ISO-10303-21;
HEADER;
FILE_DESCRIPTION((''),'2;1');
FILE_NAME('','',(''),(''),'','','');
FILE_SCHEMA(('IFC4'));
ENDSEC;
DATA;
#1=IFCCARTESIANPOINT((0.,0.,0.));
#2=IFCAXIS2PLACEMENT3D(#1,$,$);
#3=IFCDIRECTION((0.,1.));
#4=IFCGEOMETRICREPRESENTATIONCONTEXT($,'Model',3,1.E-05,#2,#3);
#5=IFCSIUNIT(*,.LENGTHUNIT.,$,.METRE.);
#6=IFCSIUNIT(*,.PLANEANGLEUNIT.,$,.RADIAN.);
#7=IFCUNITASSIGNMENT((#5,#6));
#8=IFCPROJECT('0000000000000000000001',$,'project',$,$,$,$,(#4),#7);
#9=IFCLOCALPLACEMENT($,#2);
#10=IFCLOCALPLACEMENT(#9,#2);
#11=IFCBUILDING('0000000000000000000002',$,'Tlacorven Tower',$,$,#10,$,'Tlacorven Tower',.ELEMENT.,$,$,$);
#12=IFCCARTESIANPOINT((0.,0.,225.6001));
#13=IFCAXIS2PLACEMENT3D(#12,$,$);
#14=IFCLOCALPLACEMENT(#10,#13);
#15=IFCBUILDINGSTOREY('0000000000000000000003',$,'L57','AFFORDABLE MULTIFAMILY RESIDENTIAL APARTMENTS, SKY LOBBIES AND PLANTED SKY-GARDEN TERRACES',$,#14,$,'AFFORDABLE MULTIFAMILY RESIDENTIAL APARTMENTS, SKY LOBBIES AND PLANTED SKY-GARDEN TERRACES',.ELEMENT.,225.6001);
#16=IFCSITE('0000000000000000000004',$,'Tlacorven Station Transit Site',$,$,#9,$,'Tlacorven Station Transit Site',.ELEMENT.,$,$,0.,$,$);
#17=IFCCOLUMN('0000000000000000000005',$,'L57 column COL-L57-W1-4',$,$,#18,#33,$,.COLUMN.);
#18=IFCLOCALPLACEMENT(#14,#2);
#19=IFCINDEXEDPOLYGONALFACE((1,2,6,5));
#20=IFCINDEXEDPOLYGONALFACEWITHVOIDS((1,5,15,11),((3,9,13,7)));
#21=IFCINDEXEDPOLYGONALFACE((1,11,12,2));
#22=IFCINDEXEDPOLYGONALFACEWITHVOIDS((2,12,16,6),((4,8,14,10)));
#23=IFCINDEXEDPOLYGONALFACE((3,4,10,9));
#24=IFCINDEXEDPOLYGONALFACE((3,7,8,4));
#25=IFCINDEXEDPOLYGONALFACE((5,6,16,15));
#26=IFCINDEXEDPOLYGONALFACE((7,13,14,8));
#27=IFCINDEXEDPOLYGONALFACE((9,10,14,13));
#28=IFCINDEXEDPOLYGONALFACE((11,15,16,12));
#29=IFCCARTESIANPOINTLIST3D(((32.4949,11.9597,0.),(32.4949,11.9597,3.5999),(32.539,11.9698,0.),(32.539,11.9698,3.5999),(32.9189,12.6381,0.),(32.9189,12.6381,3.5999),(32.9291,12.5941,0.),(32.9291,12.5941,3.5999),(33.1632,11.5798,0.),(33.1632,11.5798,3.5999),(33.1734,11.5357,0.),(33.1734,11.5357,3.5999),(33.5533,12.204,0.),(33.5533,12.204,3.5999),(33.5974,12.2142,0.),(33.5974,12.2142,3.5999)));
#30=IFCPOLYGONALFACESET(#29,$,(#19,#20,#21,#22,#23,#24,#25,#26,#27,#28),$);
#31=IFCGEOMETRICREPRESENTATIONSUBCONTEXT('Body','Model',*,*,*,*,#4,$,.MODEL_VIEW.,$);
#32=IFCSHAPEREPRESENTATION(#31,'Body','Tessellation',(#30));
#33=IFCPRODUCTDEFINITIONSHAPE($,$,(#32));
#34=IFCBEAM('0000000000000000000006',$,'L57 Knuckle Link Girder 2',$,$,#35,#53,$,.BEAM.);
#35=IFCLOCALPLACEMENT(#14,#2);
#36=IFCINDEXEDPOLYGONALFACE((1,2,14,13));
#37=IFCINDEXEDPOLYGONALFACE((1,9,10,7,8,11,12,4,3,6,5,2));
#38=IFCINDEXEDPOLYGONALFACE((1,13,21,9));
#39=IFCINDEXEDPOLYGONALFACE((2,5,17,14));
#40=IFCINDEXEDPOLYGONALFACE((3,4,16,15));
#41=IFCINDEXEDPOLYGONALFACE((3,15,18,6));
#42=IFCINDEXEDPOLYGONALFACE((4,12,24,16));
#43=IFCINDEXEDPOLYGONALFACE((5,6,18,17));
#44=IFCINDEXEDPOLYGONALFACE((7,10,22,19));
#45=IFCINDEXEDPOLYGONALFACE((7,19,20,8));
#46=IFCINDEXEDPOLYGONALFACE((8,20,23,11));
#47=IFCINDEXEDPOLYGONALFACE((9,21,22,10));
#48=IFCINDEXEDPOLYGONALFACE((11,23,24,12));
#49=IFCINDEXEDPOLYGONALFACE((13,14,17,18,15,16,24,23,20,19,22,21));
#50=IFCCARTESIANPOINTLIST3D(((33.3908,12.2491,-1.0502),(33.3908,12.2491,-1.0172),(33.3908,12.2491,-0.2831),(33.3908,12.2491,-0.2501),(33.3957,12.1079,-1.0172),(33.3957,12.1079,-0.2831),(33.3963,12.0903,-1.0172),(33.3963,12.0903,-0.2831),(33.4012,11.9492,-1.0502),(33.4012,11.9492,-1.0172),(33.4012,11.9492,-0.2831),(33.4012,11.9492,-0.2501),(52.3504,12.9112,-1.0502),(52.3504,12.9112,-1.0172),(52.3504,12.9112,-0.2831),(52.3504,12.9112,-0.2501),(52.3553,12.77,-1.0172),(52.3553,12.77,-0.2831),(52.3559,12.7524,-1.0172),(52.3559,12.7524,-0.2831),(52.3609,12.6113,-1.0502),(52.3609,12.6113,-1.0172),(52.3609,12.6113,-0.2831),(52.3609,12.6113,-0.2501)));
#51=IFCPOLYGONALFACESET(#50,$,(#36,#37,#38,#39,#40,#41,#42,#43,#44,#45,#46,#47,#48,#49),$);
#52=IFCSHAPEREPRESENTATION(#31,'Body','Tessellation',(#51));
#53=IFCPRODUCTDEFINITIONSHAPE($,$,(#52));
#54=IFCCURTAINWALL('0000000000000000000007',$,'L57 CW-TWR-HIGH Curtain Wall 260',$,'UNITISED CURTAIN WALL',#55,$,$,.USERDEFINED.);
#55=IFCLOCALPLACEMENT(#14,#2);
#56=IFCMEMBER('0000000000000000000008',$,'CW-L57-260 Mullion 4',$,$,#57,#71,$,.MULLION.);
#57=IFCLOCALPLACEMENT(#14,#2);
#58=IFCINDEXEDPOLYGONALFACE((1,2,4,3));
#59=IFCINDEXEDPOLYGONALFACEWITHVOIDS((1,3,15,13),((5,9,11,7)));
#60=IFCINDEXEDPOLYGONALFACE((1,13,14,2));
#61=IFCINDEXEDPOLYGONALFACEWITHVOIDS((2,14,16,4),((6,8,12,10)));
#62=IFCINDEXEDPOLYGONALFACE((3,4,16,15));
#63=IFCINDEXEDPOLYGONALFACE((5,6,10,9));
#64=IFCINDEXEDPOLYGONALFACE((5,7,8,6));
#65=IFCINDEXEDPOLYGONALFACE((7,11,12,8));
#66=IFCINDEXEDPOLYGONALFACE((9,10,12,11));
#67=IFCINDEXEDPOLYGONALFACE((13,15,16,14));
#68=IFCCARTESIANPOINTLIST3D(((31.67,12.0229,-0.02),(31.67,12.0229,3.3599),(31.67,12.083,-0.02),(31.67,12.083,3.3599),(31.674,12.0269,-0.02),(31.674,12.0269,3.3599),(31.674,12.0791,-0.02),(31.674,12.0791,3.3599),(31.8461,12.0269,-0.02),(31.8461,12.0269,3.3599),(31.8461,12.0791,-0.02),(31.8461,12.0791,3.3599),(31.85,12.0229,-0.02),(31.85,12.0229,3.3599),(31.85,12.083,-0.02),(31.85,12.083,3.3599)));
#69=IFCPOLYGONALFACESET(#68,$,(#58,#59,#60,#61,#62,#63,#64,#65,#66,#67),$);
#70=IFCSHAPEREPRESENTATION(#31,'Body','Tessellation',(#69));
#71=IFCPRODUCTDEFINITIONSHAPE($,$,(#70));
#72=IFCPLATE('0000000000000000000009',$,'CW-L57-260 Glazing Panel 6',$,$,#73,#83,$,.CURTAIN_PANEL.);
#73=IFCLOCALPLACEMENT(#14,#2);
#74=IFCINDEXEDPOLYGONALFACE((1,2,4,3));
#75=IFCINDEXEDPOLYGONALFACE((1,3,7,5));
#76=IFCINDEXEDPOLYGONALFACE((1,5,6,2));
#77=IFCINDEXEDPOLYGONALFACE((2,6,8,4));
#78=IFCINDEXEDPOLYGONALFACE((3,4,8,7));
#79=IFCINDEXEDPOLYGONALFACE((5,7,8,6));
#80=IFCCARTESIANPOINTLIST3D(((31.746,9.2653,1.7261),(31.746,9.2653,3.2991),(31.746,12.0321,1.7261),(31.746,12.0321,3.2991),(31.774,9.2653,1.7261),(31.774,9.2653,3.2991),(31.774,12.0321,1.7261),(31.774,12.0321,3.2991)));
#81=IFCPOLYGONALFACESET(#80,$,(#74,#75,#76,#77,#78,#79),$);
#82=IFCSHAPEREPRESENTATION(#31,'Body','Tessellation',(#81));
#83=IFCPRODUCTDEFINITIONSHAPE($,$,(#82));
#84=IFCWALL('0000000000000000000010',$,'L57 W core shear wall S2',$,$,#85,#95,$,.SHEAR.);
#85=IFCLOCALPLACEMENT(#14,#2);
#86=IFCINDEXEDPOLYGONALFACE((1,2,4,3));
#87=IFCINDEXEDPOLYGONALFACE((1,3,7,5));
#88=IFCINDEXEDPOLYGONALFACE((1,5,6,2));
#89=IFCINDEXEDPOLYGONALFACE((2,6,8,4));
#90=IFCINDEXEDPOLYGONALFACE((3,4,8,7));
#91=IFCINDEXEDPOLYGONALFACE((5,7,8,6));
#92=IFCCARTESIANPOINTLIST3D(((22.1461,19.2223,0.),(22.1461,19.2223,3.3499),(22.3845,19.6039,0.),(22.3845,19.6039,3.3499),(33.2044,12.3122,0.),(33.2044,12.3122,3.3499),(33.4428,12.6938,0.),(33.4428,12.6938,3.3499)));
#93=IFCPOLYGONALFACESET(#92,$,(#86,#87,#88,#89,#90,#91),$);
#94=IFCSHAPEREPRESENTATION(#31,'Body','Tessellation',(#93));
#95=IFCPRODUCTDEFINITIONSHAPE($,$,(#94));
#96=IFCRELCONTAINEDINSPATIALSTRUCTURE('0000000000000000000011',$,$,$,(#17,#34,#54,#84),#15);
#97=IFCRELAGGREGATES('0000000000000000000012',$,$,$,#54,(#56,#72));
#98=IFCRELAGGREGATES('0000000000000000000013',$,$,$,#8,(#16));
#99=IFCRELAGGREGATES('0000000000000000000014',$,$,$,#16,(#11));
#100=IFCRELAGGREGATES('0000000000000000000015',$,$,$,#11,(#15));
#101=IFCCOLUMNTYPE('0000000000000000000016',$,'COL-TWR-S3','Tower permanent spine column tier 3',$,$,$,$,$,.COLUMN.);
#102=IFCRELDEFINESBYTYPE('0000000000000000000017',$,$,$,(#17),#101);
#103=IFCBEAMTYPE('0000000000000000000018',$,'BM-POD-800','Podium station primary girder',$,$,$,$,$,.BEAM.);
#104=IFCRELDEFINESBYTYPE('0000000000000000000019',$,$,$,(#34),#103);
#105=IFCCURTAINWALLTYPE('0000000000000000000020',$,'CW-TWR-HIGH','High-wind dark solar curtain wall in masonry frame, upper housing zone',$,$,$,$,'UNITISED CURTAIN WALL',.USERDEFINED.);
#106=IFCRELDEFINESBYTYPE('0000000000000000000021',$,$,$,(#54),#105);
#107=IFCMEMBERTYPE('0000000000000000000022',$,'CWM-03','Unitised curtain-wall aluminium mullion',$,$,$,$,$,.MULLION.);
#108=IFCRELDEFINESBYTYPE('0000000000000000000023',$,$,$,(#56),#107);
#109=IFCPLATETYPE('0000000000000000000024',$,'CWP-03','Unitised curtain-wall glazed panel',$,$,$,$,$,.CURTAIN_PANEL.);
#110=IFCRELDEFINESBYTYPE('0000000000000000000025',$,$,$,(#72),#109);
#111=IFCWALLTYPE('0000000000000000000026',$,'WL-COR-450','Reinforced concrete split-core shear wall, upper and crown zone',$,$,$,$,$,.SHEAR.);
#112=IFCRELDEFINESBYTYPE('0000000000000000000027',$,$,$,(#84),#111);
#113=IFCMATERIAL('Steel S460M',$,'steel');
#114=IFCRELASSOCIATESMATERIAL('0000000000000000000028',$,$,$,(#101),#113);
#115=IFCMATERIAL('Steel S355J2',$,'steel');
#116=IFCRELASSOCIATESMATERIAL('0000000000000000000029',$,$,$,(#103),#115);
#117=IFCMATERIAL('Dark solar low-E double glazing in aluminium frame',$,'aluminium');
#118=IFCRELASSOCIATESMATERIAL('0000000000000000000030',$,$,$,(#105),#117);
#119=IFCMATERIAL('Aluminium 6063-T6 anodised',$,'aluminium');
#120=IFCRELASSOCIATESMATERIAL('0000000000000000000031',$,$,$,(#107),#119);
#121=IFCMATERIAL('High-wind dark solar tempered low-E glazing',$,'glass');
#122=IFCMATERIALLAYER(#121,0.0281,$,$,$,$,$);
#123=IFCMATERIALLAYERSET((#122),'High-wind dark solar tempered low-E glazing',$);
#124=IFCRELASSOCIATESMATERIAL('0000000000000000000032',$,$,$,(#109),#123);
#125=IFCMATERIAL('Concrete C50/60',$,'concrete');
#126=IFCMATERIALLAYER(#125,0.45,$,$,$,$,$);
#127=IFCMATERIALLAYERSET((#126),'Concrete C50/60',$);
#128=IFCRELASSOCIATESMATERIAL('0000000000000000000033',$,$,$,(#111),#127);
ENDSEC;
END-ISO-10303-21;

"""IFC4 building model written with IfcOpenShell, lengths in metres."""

from ifc_helpers import new_model, si_unit, direction, frame, frame_2d, origin, origin_2d, place, context, subcontext, project, spatial, rectangle, hollow_rectangle, i_section, extrude, source, transform, mapped, material, layer, layer_set, material_profile, profile_set, type_object, element, aggregate, save


model = new_model("IFC4")

# Units and contexts
model_context = context("Model", 3, precision=1e-05, world=origin(), true_north=direction((0.0, 1.0)))
body_context = subcontext(model_context, "Body", "Model", "MODEL_VIEW")
ifc_project = project(units=[si_unit("LENGTHUNIT", "METRE"), si_unit("PLANEANGLEUNIT", "RADIAN")], contexts=[model_context])

# Site, building, storey
site_placement = place(None, origin())
site = spatial("IfcSite", under=ifc_project, at=site_placement, Name="Tlacorven Station Transit Site", LongName="Tlacorven Station Transit Site", CompositionType="ELEMENT", RefElevation=0.0)
building_placement = place(site_placement, origin())
building = spatial("IfcBuilding", under=site, at=building_placement, Name="Tlacorven Tower", LongName="Tlacorven Tower", CompositionType="ELEMENT")
storey_placement = place(building_placement, frame((0.0, 0.0, 225.6001)))
storey = spatial("IfcBuildingStorey", under=building, at=storey_placement, Name="L57", Description="AFFORDABLE MULTIFAMILY RESIDENTIAL APARTMENTS, SKY LOBBIES AND PLANTED SKY-GARDEN TERRACES", LongName="AFFORDABLE MULTIFAMILY RESIDENTIAL APARTMENTS, SKY LOBBIES AND PLANTED SKY-GARDEN TERRACES", CompositionType="ELEMENT", Elevation=225.6001)

# Column
ifc_material_1 = material(Name="Steel S460M", Category="steel")
ifc_material_profile_1 = material_profile(ifc_material_1, hollow_rectangle(XDim=0.8, YDim=0.8, WallThickness=0.032, at=origin_2d()), Name="BOX 800X800X32")
ifc_profile_set_1 = profile_set([ifc_material_profile_1], Name="Steel S460M")
column_type = type_object("IfcColumnType", Name="COL-TWR-S3", Description="Tower permanent spine column tier 3", PredefinedType="COLUMN", material=ifc_profile_set_1)
shared_shape_1 = source(origin(), body_context, "Body", "SweptSolid", [
    extrude(hollow_rectangle(XDim=0.8, YDim=0.8, WallThickness=0.032, at=origin_2d()), origin(), (0.0, 0.0, 1.0), 3.5999),
])
column_placement = place(storey_placement, frame((33.0461, 12.0869, 0.0), z_axis=(0.0, 0.0, 1.0), x_axis=(-0.848048, 0.529919, 0.0)))
element("IfcColumn", 1, at=column_placement, inside=storey, type_object=column_type, Name="L57 column COL-L57-W1-4", PredefinedType="COLUMN", context=body_context, shape_type="MappedRepresentation", body=[
    mapped(shared_shape_1, transform((0.0, 0.0, 0.0), scale=1.0)),
])

# Beam
ifc_material_2 = material(Name="Steel S355J2", Category="steel")
ifc_material_profile_2 = material_profile(ifc_material_2, i_section(OverallWidth=0.3, OverallDepth=0.8, WebThickness=0.0176, FlangeThickness=0.033, at=origin_2d()), Name="HEB 800")
ifc_profile_set_2 = profile_set([ifc_material_profile_2], Name="Steel S355J2")
beam_type = type_object("IfcBeamType", Name="BM-POD-800", Description="Podium station primary girder", PredefinedType="BEAM", material=ifc_profile_set_2)
shared_shape_2 = source(origin(), body_context, "Body", "SweptSolid", [
    extrude(i_section(OverallWidth=0.3, OverallDepth=0.8, WebThickness=0.0176, FlangeThickness=0.033, at=origin_2d()), origin(), (0.0, 0.0, 1.0), 18.9712),
])
beam_placement = place(storey_placement, frame((33.396, 12.0991, -0.6501), z_axis=(0.999391, 0.034901, 0.0), x_axis=(-0.034901, 0.999391, 0.0)))
element("IfcBeam", 2, at=beam_placement, inside=storey, type_object=beam_type, Name="L57 Knuckle Link Girder 2", PredefinedType="BEAM", context=body_context, shape_type="MappedRepresentation", body=[
    mapped(shared_shape_2, transform((0.0, 0.0, 0.0), scale=1.0)),
])

# Curtain wall, member, plate
ifc_material_3 = material(Name="Dark solar low-E double glazing in aluminium frame", Category="aluminium")
curtain_wall_type = type_object("IfcCurtainWallType", Name="CW-TWR-HIGH", Description="High-wind dark solar curtain wall in masonry frame, upper housing zone", ElementType="UNITISED CURTAIN WALL", PredefinedType="USERDEFINED", material=ifc_material_3)
curtain_wall_placement = place(storey_placement, origin())
curtain_wall = element("IfcCurtainWall", 3, at=curtain_wall_placement, inside=storey, type_object=curtain_wall_type, Name="L57 CW-TWR-HIGH Curtain Wall 260", ObjectType="UNITISED CURTAIN WALL", PredefinedType="USERDEFINED")
ifc_material_4 = material(Name="Aluminium 6063-T6 anodised", Category="aluminium")
ifc_material_profile_3 = material_profile(ifc_material_4, hollow_rectangle(XDim=0.0601, YDim=0.1799, WallThickness=0.0039, at=origin_2d()), Name="ALU MULLION 60X180")
ifc_profile_set_3 = profile_set([ifc_material_profile_3], Name="Aluminium 6063-T6 anodised")
member_type = type_object("IfcMemberType", Name="CWM-03", Description="Unitised curtain-wall aluminium mullion", PredefinedType="MULLION", material=ifc_profile_set_3)
shared_shape_3 = source(origin(), body_context, "Body", "SweptSolid", [
    extrude(hollow_rectangle(XDim=0.0601, YDim=0.1799, WallThickness=0.0039, at=origin_2d()), origin(), (0.0, 0.0, 1.0), 3.3799),
])
member_placement = place(storey_placement, frame((31.76, 12.053, -0.02), z_axis=(0.0, 0.0, 1.0), x_axis=(0.0, 1.0, 0.0)))
member = element("IfcMember", 4, at=member_placement, type_object=member_type, Name="CW-L57-260 Mullion 4", PredefinedType="MULLION", context=body_context, shape_type="MappedRepresentation", body=[
    mapped(shared_shape_3, transform((0.0, 0.0, 0.0), scale=1.0)),
])
ifc_material_5 = material(Name="High-wind dark solar tempered low-E glazing", Category="glass")
ifc_layer_1 = layer(ifc_material_5, 0.0281)
ifc_layer_set_1 = layer_set([ifc_layer_1], Name="High-wind dark solar tempered low-E glazing")
plate_type = type_object("IfcPlateType", Name="CWP-03", Description="Unitised curtain-wall glazed panel", PredefinedType="CURTAIN_PANEL", material=ifc_layer_set_1)
shared_shape_4 = source(origin(), body_context, "Body", "SweptSolid", [
    extrude(rectangle(XDim=2.7668, YDim=0.0281, at=origin_2d()), origin(), (0.0, 0.0, 1.0), 1.573),
])
plate_placement = place(storey_placement, frame((31.76, 10.6487, 1.7261), z_axis=(0.0, 0.0, 1.0), x_axis=(0.0, 1.0, 0.0)))
plate = element("IfcPlate", 5, at=plate_placement, type_object=plate_type, Name="CW-L57-260 Glazing Panel 6", PredefinedType="CURTAIN_PANEL", context=body_context, shape_type="MappedRepresentation", body=[
    mapped(shared_shape_4, transform((0.0, 0.0, 0.0), scale=1.0)),
])
aggregate(curtain_wall, [member, plate])

# Wall
ifc_material_6 = material(Name="Concrete C50/60", Category="concrete")
ifc_layer_2 = layer(ifc_material_6, 0.45)
ifc_layer_set_2 = layer_set([ifc_layer_2], Name="Concrete C50/60")
wall_type_1 = type_object("IfcWallType", Name="WL-COR-450", Description="Reinforced concrete split-core shear wall, upper and crown zone", PredefinedType="SHEAR", material=ifc_layer_set_2)
wall_1_placement = place(storey_placement, frame((33.3237, 12.5029, 0.0), z_axis=(0.0, 0.0, 1.0), x_axis=(-0.848044, 0.529927, 0.0)))
element("IfcWall", 6, at=wall_1_placement, inside=storey, type_object=wall_type_1, Name="L57 W core shear wall S2", PredefinedType="SHEAR", context=body_context, shape_type="SweptSolid", body=[
    extrude(rectangle(XDim=13.0398, YDim=0.45, at=frame_2d((6.52, 0.0))), origin(), (0.0, 0.0, 1.0), 3.3499),
])

save(model, "model.ifc")
